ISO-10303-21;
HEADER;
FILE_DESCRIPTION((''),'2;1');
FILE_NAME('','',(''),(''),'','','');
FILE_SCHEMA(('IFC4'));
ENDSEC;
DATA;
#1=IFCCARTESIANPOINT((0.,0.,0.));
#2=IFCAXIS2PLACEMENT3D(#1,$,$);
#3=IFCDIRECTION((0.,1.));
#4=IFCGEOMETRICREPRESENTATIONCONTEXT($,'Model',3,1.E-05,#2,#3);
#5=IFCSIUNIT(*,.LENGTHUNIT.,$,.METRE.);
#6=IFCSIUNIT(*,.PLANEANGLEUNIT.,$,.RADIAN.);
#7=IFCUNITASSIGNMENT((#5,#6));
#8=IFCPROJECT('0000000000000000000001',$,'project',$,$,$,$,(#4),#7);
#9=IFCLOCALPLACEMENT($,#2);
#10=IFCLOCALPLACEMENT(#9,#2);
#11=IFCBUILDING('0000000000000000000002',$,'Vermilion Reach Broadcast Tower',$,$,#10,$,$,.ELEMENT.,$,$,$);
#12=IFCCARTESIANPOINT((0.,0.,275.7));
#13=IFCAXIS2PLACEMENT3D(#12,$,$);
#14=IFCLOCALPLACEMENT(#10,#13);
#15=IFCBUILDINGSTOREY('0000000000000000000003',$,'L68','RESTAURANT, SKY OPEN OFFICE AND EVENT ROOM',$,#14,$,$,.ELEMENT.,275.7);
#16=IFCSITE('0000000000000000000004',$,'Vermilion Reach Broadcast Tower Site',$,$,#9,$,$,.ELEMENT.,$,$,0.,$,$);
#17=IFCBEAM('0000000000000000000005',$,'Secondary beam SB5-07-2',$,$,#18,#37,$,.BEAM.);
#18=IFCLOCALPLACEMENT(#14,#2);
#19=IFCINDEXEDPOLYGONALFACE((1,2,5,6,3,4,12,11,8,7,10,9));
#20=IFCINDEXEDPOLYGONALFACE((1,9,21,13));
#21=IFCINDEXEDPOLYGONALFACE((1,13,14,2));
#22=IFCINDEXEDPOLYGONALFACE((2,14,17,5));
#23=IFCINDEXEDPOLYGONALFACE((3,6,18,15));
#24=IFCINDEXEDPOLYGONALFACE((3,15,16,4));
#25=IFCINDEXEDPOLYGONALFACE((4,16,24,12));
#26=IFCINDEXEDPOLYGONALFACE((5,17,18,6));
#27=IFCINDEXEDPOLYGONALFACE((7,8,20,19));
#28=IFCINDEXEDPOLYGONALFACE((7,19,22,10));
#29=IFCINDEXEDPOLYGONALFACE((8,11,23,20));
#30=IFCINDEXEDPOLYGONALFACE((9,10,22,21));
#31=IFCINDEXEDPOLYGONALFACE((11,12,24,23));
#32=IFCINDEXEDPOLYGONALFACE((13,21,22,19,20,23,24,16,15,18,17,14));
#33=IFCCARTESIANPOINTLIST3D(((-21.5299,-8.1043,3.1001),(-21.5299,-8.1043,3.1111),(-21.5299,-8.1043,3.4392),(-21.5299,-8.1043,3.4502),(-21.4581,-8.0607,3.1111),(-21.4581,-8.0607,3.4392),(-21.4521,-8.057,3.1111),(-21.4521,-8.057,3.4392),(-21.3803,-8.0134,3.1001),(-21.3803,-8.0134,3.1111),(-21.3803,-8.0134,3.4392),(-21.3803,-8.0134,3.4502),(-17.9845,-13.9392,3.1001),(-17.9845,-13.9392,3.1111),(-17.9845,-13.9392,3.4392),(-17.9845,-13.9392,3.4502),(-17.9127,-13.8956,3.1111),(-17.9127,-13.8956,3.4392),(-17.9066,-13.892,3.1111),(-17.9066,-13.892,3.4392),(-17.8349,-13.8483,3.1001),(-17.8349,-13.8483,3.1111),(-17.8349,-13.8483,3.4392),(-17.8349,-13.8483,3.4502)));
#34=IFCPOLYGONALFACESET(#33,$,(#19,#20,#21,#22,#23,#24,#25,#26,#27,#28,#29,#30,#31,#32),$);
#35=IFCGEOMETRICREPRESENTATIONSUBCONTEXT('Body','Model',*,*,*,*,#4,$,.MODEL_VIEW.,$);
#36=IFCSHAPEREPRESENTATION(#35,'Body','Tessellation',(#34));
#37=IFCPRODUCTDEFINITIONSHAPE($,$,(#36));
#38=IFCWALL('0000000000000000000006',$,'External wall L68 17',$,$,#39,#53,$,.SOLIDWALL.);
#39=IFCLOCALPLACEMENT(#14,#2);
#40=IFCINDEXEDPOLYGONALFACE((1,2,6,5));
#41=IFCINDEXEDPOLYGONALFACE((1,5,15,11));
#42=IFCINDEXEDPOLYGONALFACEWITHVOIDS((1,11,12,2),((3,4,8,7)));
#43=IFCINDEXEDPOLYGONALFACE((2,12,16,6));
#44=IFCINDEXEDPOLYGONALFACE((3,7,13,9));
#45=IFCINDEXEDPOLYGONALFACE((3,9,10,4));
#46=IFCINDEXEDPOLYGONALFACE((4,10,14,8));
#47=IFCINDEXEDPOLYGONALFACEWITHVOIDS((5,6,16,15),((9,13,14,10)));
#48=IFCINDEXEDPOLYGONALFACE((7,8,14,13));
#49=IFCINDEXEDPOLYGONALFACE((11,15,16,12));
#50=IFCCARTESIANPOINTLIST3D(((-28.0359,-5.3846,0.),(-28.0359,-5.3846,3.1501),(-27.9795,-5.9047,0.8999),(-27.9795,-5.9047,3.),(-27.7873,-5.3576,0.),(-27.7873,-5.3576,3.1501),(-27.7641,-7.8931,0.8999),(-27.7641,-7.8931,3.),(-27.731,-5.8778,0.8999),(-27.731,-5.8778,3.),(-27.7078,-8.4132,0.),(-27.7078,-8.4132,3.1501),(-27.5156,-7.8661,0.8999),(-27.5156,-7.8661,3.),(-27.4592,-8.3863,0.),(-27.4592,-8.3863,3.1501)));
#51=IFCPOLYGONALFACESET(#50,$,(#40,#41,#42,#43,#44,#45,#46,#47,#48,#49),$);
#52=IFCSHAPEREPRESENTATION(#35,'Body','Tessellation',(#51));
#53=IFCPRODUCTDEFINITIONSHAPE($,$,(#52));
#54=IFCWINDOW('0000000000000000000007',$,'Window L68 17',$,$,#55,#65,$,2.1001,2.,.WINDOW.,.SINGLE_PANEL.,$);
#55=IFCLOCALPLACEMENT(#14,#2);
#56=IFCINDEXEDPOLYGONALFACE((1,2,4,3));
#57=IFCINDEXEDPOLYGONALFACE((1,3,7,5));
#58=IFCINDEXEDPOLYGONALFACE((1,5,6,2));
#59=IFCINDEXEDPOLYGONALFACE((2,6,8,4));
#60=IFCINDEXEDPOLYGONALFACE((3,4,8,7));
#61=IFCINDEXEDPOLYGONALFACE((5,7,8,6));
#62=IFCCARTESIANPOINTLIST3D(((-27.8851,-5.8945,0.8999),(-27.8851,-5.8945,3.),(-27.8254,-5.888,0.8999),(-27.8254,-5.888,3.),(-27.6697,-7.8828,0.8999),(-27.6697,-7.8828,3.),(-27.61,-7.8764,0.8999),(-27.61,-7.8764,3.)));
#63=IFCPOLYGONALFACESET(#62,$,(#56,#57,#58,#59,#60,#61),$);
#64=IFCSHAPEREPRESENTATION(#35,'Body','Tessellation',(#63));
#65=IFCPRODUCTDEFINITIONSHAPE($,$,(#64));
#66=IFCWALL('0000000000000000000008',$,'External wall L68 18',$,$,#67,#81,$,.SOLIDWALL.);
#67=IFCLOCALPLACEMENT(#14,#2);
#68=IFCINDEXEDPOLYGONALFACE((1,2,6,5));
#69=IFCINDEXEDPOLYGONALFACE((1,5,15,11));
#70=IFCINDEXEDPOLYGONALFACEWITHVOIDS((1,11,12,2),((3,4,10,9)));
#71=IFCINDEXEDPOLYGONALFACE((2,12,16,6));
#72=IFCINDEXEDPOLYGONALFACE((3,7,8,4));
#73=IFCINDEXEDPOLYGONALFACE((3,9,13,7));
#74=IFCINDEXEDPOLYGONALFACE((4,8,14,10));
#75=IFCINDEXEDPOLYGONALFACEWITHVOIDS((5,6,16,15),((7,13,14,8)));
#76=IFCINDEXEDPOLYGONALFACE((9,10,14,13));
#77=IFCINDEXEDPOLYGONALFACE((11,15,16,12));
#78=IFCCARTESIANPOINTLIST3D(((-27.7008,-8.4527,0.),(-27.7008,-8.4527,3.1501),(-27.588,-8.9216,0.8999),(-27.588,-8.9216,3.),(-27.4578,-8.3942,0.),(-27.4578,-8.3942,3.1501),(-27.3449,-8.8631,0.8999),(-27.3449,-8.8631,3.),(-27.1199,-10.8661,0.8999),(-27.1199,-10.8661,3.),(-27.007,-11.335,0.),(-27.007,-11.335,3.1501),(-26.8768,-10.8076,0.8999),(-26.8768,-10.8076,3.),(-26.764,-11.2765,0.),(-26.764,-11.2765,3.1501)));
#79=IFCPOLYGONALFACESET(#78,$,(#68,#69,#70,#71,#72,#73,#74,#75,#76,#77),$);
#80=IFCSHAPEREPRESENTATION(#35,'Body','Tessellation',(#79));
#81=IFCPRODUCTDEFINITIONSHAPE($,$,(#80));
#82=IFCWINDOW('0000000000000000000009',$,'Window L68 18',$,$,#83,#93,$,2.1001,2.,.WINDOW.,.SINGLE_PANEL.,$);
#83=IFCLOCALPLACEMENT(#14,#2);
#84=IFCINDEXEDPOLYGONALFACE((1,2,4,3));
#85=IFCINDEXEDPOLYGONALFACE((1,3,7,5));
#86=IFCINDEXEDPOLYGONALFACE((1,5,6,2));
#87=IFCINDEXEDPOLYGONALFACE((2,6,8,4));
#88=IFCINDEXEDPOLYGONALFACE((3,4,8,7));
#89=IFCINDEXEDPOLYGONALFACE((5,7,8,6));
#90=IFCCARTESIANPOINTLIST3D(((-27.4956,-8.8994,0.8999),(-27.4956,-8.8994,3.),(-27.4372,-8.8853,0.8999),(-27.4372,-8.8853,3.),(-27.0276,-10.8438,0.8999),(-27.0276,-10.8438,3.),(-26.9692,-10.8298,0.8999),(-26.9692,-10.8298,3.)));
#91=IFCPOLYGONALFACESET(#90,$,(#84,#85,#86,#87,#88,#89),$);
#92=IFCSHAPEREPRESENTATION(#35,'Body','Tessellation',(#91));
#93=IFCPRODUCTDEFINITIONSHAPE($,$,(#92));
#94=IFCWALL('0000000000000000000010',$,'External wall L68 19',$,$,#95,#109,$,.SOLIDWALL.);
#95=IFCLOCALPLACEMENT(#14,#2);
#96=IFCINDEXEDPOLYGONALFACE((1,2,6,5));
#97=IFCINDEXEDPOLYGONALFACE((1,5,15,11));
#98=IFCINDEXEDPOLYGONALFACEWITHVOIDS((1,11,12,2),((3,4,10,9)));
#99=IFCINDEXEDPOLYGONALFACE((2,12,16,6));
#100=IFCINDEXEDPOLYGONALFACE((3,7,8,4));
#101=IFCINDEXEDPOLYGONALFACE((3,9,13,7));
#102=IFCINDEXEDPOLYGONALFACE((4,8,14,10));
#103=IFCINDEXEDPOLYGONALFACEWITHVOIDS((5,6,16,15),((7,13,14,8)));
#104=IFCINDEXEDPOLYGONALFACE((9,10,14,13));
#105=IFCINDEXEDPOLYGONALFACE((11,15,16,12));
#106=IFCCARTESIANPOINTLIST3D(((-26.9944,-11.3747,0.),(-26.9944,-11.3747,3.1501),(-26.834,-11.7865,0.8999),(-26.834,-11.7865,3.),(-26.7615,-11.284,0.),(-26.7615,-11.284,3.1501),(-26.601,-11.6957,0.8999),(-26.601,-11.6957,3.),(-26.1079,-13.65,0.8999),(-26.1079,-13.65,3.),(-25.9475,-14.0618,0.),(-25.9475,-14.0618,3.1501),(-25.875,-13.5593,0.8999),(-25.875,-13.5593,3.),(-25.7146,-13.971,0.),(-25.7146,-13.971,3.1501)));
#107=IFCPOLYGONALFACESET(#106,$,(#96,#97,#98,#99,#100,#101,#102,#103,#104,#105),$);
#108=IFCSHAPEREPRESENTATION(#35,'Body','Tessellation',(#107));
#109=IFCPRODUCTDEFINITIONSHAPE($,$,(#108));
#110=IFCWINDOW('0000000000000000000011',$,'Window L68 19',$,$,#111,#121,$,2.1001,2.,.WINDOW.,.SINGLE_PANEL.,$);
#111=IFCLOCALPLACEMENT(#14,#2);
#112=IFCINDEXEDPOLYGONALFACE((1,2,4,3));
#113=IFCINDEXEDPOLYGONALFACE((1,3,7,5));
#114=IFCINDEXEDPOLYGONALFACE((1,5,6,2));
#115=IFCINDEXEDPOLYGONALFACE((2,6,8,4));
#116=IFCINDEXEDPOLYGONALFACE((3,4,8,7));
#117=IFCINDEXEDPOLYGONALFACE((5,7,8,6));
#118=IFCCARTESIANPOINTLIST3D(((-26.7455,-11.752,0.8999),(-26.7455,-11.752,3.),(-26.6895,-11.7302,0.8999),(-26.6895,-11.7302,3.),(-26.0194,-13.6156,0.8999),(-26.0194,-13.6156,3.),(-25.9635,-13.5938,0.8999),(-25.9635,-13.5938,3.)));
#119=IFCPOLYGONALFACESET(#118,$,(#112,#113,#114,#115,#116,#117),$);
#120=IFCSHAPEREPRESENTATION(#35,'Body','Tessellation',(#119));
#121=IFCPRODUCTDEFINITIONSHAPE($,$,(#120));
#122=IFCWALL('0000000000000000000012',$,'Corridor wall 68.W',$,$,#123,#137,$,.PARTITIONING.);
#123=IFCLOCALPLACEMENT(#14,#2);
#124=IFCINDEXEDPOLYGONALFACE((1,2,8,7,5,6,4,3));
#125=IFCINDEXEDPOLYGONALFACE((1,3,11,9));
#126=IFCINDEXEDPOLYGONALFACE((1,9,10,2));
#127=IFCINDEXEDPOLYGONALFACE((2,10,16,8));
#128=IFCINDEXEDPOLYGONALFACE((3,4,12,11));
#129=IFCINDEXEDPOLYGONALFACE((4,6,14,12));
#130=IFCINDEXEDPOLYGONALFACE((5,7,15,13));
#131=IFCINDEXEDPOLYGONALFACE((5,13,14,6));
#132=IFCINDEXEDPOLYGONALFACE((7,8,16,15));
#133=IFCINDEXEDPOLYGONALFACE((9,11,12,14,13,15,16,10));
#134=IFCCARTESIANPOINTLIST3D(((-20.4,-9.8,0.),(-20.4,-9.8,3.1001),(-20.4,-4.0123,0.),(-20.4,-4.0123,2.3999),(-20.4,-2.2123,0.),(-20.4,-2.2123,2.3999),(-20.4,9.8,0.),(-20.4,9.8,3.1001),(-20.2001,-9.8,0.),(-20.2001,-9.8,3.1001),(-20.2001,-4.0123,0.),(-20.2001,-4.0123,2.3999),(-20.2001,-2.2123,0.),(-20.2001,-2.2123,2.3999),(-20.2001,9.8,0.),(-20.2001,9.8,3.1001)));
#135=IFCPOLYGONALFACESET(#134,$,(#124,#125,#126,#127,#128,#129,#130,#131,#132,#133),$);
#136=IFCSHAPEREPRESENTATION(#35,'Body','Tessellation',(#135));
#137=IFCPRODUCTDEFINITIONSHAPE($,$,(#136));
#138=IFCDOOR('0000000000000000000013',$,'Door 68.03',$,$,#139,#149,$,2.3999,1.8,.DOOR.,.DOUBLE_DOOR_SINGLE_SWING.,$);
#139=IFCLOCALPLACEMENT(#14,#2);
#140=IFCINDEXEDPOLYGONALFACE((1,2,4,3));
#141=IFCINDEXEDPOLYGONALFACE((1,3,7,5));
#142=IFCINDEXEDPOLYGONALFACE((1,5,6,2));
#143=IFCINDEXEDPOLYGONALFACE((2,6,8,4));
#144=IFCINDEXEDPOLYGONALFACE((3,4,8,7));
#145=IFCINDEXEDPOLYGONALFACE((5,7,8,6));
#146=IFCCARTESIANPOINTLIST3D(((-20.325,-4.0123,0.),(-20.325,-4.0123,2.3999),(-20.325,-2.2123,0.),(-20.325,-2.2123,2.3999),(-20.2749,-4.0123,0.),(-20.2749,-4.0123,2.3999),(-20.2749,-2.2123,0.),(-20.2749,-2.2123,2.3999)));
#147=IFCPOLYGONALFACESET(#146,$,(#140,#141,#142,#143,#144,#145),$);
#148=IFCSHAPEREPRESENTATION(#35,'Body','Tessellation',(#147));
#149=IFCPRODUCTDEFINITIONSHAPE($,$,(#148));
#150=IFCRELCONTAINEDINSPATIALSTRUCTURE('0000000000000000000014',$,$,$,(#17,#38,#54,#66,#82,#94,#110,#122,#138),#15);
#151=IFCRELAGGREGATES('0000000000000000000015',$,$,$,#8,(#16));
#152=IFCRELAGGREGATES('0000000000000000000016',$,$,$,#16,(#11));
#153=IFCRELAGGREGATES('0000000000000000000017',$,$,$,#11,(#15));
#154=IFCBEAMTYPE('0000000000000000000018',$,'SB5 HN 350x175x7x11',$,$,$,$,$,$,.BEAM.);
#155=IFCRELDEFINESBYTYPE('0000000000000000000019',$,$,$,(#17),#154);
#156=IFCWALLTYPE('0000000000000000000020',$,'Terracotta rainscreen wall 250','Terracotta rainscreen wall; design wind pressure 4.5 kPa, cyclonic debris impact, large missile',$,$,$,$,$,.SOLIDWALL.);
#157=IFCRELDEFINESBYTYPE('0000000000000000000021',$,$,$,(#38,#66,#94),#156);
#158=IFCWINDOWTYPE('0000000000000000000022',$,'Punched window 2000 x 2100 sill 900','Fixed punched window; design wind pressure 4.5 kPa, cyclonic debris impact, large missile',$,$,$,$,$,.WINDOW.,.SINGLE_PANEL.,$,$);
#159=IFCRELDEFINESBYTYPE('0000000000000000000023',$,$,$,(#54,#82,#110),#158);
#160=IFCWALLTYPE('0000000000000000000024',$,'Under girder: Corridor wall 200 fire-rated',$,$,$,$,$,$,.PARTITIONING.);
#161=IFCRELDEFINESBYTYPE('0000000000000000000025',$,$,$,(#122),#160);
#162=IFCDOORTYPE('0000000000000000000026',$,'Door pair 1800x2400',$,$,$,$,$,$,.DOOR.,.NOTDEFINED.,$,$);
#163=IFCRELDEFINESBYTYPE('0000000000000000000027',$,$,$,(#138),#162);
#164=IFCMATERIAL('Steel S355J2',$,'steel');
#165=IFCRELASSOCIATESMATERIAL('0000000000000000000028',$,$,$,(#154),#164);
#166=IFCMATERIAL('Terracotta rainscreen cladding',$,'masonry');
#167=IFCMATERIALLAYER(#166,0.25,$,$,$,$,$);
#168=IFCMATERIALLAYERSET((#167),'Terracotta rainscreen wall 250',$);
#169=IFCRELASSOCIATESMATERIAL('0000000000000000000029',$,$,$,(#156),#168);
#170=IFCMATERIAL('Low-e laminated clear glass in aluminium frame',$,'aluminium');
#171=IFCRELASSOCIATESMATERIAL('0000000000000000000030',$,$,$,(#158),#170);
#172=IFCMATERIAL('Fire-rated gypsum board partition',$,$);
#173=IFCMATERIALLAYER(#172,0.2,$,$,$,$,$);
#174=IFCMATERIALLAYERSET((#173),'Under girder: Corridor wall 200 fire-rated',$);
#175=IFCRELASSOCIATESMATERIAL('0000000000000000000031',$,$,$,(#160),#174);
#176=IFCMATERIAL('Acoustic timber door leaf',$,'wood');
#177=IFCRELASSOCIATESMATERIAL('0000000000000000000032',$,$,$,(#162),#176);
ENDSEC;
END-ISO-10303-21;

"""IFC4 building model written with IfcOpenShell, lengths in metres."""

from ifc_helpers import new_model, si_unit, direction, frame, frame_2d, origin, origin_2d, place, context, subcontext, project, spatial, rectangle, i_section, extrude, material, layer, layer_set, material_profile, profile_set, type_object, element, fill, save


model = new_model("IFC4")

# Units and contexts
model_context = context("Model", 3, precision=1e-05, world=origin(), true_north=direction((0.0, 1.0)))
body_context = subcontext(model_context, "Body", "Model", "MODEL_VIEW")
ifc_project = project(units=[si_unit("LENGTHUNIT", "METRE"), si_unit("PLANEANGLEUNIT", "RADIAN")], contexts=[model_context])

# Site, building, storey
site_placement = place(None, origin())
site = spatial("IfcSite", under=ifc_project, at=site_placement, Name="Vermilion Reach Broadcast Tower Site", CompositionType="ELEMENT", RefElevation=0.0)
building_placement = place(site_placement, origin())
building = spatial("IfcBuilding", under=site, at=building_placement, Name="Vermilion Reach Broadcast Tower", CompositionType="ELEMENT")
storey_placement = place(building_placement, frame((0.0, 0.0, 275.7)))
storey = spatial("IfcBuildingStorey", under=building, at=storey_placement, Name="L68", Description="RESTAURANT, SKY OPEN OFFICE AND EVENT ROOM", CompositionType="ELEMENT", Elevation=275.7)

# Beam
ifc_material_1 = material(Name="Steel S355J2", Category="steel")
ifc_material_profile_1 = material_profile(ifc_material_1, i_section(OverallWidth=0.175, OverallDepth=0.3501, WebThickness=0.0071, FlangeThickness=0.011, at=origin_2d()), Name="S355J2 HN 350x175x7x11")
ifc_profile_set_1 = profile_set([ifc_material_profile_1], Name="Steel S355J2")
beam_type_1 = type_object("IfcBeamType", Name="SB5 HN 350x175x7x11", PredefinedType="BEAM", material=ifc_profile_set_1)
beam_1_placement = place(storey_placement, frame((-21.4551, -8.0588, 3.2751), z_axis=(0.519273, -0.854608, 0.0), x_axis=(0.854608, 0.519273, 0.0)))
element("IfcBeam", 1, at=beam_1_placement, inside=storey, type_object=beam_type_1, Name="Secondary beam SB5-07-2", PredefinedType="BEAM", context=body_context, shape_type="SweptSolid", body=[
    extrude(i_section(OverallWidth=0.175, OverallDepth=0.3501, WebThickness=0.0071, FlangeThickness=0.011, at=origin_2d()), origin(), (0.0, 0.0, 1.0), 6.8276),
])

# Shared definitions
ifc_material_2 = material(Name="Terracotta rainscreen cladding", Category="masonry")
ifc_layer_1 = layer(ifc_material_2, 0.25)
ifc_layer_set_1 = layer_set([ifc_layer_1], Name="Terracotta rainscreen wall 250")
wall_type_1 = type_object("IfcWallType", Name="Terracotta rainscreen wall 250", Description="Terracotta rainscreen wall; design wind pressure 4.5 kPa, cyclonic debris impact, large missile", PredefinedType="SOLIDWALL", material=ifc_layer_set_1)

# Walls, openings, windows
wall_1_placement = place(storey_placement, frame((-27.9116, -5.3711, 0.0), z_axis=(0.0, 0.0, 1.0), x_axis=(0.107713, -0.994182, 0.0)))
wall_1 = element("IfcWall", 2, at=wall_1_placement, inside=storey, type_object=wall_type_1, Name="External wall L68 17", PredefinedType="SOLIDWALL", context=body_context, shape_type="SweptSolid", body=[
    extrude(rectangle(XDim=3.0464, YDim=0.25, at=frame_2d((1.5232, 0.0))), origin(), (0.0, 0.0, 1.0), 3.1501),
])
opening_1_placement = place(wall_1_placement, frame((0.5232, 0.0, 0.8999)))
opening_1 = element("IfcOpeningElement", 3, at=opening_1_placement, cuts=wall_1, PredefinedType="OPENING", context=body_context, shape_type="SweptSolid", body=[
    extrude(rectangle(XDim=2.0, YDim=2.1001, at=frame_2d((1.0, 1.05))), frame((0.0, 0.135, 0.0), z_axis=(0.0, -1.0, 0.0), x_axis=(1.0, 0.0, 0.0)), (0.0, 0.0, 1.0), 0.27),
])
ifc_material_3 = material(Name="Low-e laminated clear glass in aluminium frame", Category="aluminium")
window_type = type_object("IfcWindowType", Name="Punched window 2000 x 2100 sill 900", Description="Fixed punched window; design wind pressure 4.5 kPa, cyclonic debris impact, large missile", PartitioningType="SINGLE_PANEL", PredefinedType="WINDOW", material=ifc_material_3)
window_1_placement = place(opening_1_placement, origin())
window_1 = element("IfcWindow", 4, at=window_1_placement, inside=storey, type_object=window_type, Name="Window L68 17", OverallHeight=2.1001, OverallWidth=2.0, PartitioningType="SINGLE_PANEL", PredefinedType="WINDOW", context=body_context, shape_type="SweptSolid", body=[
    extrude(rectangle(XDim=2.0, YDim=2.1001, at=frame_2d((1.0, 1.05))), frame((0.0, 0.03, 0.0), z_axis=(0.0, -1.0, 0.0), x_axis=(1.0, 0.0, 0.0)), (0.0, 0.0, 1.0), 0.0601),
])
fill(opening_1, window_1)
wall_2_placement = place(storey_placement, frame((-27.5793, -8.4233, 0.0), z_axis=(0.0, 0.0, 1.0), x_axis=(0.234039, -0.972227, 0.0)))
wall_2 = element("IfcWall", 5, at=wall_2_placement, inside=storey, type_object=wall_type_1, Name="External wall L68 18", PredefinedType="SOLIDWALL", context=body_context, shape_type="SweptSolid", body=[
    extrude(rectangle(XDim=2.9646, YDim=0.25, at=frame_2d((1.4824, 0.0))), origin(), (0.0, 0.0, 1.0), 3.1501),
])
opening_2_placement = place(wall_2_placement, frame((0.4824, 0.0, 0.8999)))
opening_2 = element("IfcOpeningElement", 6, at=opening_2_placement, cuts=wall_2, PredefinedType="OPENING", context=body_context, shape_type="SweptSolid", body=[
    extrude(rectangle(XDim=2.0, YDim=2.1001, at=frame_2d((1.0, 1.05))), frame((0.0, 0.135, 0.0), z_axis=(0.0, -1.0, 0.0), x_axis=(1.0, 0.0, 0.0)), (0.0, 0.0, 1.0), 0.27),
])
window_2_placement = place(opening_2_placement, origin())
window_2 = element("IfcWindow", 7, at=window_2_placement, inside=storey, type_object=window_type, Name="Window L68 18", OverallHeight=2.1001, OverallWidth=2.0, PartitioningType="SINGLE_PANEL", PredefinedType="WINDOW", context=body_context, shape_type="SweptSolid", body=[
    extrude(rectangle(XDim=2.0, YDim=2.1001, at=frame_2d((1.0, 1.05))), frame((0.0, 0.03, 0.0), z_axis=(0.0, -1.0, 0.0), x_axis=(1.0, 0.0, 0.0)), (0.0, 0.0, 1.0), 0.0601),
])
fill(opening_2, window_2)
wall_3_placement = place(storey_placement, frame((-26.8779, -11.3293, 0.0), z_axis=(0.0, 0.0, 1.0), x_axis=(0.363026, -0.931779, 0.0)))
wall_3 = element("IfcWall", 8, at=wall_3_placement, inside=storey, type_object=wall_type_1, Name="External wall L68 19", PredefinedType="SOLIDWALL", context=body_context, shape_type="SweptSolid", body=[
    extrude(rectangle(XDim=2.8838, YDim=0.25, at=frame_2d((1.4419, 0.0))), origin(), (0.0, 0.0, 1.0), 3.1501),
])
opening_3_placement = place(wall_3_placement, frame((0.4419, 0.0, 0.8999)))
opening_3 = element("IfcOpeningElement", 9, at=opening_3_placement, cuts=wall_3, PredefinedType="OPENING", context=body_context, shape_type="SweptSolid", body=[
    extrude(rectangle(XDim=2.0, YDim=2.1001, at=frame_2d((1.0, 1.05))), frame((0.0, 0.135, 0.0), z_axis=(0.0, -1.0, 0.0), x_axis=(1.0, 0.0, 0.0)), (0.0, 0.0, 1.0), 0.27),
])
window_3_placement = place(opening_3_placement, origin())
window_3 = element("IfcWindow", 10, at=window_3_placement, inside=storey, type_object=window_type, Name="Window L68 19", OverallHeight=2.1001, OverallWidth=2.0, PartitioningType="SINGLE_PANEL", PredefinedType="WINDOW", context=body_context, shape_type="SweptSolid", body=[
    extrude(rectangle(XDim=2.0, YDim=2.1001, at=frame_2d((1.0, 1.05))), frame((0.0, 0.03, 0.0), z_axis=(0.0, -1.0, 0.0), x_axis=(1.0, 0.0, 0.0)), (0.0, 0.0, 1.0), 0.0601),
])
fill(opening_3, window_3)

# Wall, opening, door
ifc_material_4 = material(Name="Fire-rated gypsum board partition")
ifc_layer_2 = layer(ifc_material_4, 0.2)
ifc_layer_set_2 = layer_set([ifc_layer_2], Name="Under girder: Corridor wall 200 fire-rated")
wall_type_2 = type_object("IfcWallType", Name="Under girder: Corridor wall 200 fire-rated", PredefinedType="PARTITIONING", material=ifc_layer_set_2)
wall_4_placement = place(storey_placement, frame((-20.3, -9.8, 0.0), z_axis=(0.0, 0.0, 1.0), x_axis=(0.0, 1.0, 0.0)))
wall_4 = element("IfcWall", 11, at=wall_4_placement, inside=storey, type_object=wall_type_2, Name="Corridor wall 68.W", PredefinedType="PARTITIONING", context=body_context, shape_type="SweptSolid", body=[
    extrude(rectangle(XDim=19.6001, YDim=0.2, at=frame_2d((9.8, 0.0))), origin(), (0.0, 0.0, 1.0), 3.1001),
])
opening_4_placement = place(wall_4_placement, frame((5.7878, 0.0, 0.0)))
opening_4 = element("IfcOpeningElement", 12, at=opening_4_placement, cuts=wall_4, PredefinedType="OPENING", context=body_context, shape_type="SweptSolid", body=[
    extrude(rectangle(XDim=1.8, YDim=2.3999, at=frame_2d((0.8999, 1.2))), frame((0.0, 0.1099, 0.0), z_axis=(0.0, -1.0, 0.0), x_axis=(1.0, 0.0, 0.0)), (0.0, 0.0, 1.0), 0.22),
])
ifc_material_5 = material(Name="Acoustic timber door leaf", Category="wood")
door_type_1 = type_object("IfcDoorType", Name="Door pair 1800x2400", OperationType="NOTDEFINED", PredefinedType="DOOR", material=ifc_material_5)
door_1_placement = place(opening_4_placement, origin())
door_1 = element("IfcDoor", 13, at=door_1_placement, inside=storey, type_object=door_type_1, Name="Door 68.03", OperationType="DOUBLE_DOOR_SINGLE_SWING", OverallHeight=2.3999, OverallWidth=1.8, PredefinedType="DOOR", context=body_context, shape_type="SweptSolid", body=[
    extrude(rectangle(XDim=1.8, YDim=2.3999, at=frame_2d((0.8999, 1.2))), frame((0.0, 0.0249, 0.0), z_axis=(0.0, -1.0, 0.0), x_axis=(1.0, 0.0, 0.0)), (0.0, 0.0, 1.0), 0.05),
])
fill(opening_4, door_1)

save(model, "model.ifc")
